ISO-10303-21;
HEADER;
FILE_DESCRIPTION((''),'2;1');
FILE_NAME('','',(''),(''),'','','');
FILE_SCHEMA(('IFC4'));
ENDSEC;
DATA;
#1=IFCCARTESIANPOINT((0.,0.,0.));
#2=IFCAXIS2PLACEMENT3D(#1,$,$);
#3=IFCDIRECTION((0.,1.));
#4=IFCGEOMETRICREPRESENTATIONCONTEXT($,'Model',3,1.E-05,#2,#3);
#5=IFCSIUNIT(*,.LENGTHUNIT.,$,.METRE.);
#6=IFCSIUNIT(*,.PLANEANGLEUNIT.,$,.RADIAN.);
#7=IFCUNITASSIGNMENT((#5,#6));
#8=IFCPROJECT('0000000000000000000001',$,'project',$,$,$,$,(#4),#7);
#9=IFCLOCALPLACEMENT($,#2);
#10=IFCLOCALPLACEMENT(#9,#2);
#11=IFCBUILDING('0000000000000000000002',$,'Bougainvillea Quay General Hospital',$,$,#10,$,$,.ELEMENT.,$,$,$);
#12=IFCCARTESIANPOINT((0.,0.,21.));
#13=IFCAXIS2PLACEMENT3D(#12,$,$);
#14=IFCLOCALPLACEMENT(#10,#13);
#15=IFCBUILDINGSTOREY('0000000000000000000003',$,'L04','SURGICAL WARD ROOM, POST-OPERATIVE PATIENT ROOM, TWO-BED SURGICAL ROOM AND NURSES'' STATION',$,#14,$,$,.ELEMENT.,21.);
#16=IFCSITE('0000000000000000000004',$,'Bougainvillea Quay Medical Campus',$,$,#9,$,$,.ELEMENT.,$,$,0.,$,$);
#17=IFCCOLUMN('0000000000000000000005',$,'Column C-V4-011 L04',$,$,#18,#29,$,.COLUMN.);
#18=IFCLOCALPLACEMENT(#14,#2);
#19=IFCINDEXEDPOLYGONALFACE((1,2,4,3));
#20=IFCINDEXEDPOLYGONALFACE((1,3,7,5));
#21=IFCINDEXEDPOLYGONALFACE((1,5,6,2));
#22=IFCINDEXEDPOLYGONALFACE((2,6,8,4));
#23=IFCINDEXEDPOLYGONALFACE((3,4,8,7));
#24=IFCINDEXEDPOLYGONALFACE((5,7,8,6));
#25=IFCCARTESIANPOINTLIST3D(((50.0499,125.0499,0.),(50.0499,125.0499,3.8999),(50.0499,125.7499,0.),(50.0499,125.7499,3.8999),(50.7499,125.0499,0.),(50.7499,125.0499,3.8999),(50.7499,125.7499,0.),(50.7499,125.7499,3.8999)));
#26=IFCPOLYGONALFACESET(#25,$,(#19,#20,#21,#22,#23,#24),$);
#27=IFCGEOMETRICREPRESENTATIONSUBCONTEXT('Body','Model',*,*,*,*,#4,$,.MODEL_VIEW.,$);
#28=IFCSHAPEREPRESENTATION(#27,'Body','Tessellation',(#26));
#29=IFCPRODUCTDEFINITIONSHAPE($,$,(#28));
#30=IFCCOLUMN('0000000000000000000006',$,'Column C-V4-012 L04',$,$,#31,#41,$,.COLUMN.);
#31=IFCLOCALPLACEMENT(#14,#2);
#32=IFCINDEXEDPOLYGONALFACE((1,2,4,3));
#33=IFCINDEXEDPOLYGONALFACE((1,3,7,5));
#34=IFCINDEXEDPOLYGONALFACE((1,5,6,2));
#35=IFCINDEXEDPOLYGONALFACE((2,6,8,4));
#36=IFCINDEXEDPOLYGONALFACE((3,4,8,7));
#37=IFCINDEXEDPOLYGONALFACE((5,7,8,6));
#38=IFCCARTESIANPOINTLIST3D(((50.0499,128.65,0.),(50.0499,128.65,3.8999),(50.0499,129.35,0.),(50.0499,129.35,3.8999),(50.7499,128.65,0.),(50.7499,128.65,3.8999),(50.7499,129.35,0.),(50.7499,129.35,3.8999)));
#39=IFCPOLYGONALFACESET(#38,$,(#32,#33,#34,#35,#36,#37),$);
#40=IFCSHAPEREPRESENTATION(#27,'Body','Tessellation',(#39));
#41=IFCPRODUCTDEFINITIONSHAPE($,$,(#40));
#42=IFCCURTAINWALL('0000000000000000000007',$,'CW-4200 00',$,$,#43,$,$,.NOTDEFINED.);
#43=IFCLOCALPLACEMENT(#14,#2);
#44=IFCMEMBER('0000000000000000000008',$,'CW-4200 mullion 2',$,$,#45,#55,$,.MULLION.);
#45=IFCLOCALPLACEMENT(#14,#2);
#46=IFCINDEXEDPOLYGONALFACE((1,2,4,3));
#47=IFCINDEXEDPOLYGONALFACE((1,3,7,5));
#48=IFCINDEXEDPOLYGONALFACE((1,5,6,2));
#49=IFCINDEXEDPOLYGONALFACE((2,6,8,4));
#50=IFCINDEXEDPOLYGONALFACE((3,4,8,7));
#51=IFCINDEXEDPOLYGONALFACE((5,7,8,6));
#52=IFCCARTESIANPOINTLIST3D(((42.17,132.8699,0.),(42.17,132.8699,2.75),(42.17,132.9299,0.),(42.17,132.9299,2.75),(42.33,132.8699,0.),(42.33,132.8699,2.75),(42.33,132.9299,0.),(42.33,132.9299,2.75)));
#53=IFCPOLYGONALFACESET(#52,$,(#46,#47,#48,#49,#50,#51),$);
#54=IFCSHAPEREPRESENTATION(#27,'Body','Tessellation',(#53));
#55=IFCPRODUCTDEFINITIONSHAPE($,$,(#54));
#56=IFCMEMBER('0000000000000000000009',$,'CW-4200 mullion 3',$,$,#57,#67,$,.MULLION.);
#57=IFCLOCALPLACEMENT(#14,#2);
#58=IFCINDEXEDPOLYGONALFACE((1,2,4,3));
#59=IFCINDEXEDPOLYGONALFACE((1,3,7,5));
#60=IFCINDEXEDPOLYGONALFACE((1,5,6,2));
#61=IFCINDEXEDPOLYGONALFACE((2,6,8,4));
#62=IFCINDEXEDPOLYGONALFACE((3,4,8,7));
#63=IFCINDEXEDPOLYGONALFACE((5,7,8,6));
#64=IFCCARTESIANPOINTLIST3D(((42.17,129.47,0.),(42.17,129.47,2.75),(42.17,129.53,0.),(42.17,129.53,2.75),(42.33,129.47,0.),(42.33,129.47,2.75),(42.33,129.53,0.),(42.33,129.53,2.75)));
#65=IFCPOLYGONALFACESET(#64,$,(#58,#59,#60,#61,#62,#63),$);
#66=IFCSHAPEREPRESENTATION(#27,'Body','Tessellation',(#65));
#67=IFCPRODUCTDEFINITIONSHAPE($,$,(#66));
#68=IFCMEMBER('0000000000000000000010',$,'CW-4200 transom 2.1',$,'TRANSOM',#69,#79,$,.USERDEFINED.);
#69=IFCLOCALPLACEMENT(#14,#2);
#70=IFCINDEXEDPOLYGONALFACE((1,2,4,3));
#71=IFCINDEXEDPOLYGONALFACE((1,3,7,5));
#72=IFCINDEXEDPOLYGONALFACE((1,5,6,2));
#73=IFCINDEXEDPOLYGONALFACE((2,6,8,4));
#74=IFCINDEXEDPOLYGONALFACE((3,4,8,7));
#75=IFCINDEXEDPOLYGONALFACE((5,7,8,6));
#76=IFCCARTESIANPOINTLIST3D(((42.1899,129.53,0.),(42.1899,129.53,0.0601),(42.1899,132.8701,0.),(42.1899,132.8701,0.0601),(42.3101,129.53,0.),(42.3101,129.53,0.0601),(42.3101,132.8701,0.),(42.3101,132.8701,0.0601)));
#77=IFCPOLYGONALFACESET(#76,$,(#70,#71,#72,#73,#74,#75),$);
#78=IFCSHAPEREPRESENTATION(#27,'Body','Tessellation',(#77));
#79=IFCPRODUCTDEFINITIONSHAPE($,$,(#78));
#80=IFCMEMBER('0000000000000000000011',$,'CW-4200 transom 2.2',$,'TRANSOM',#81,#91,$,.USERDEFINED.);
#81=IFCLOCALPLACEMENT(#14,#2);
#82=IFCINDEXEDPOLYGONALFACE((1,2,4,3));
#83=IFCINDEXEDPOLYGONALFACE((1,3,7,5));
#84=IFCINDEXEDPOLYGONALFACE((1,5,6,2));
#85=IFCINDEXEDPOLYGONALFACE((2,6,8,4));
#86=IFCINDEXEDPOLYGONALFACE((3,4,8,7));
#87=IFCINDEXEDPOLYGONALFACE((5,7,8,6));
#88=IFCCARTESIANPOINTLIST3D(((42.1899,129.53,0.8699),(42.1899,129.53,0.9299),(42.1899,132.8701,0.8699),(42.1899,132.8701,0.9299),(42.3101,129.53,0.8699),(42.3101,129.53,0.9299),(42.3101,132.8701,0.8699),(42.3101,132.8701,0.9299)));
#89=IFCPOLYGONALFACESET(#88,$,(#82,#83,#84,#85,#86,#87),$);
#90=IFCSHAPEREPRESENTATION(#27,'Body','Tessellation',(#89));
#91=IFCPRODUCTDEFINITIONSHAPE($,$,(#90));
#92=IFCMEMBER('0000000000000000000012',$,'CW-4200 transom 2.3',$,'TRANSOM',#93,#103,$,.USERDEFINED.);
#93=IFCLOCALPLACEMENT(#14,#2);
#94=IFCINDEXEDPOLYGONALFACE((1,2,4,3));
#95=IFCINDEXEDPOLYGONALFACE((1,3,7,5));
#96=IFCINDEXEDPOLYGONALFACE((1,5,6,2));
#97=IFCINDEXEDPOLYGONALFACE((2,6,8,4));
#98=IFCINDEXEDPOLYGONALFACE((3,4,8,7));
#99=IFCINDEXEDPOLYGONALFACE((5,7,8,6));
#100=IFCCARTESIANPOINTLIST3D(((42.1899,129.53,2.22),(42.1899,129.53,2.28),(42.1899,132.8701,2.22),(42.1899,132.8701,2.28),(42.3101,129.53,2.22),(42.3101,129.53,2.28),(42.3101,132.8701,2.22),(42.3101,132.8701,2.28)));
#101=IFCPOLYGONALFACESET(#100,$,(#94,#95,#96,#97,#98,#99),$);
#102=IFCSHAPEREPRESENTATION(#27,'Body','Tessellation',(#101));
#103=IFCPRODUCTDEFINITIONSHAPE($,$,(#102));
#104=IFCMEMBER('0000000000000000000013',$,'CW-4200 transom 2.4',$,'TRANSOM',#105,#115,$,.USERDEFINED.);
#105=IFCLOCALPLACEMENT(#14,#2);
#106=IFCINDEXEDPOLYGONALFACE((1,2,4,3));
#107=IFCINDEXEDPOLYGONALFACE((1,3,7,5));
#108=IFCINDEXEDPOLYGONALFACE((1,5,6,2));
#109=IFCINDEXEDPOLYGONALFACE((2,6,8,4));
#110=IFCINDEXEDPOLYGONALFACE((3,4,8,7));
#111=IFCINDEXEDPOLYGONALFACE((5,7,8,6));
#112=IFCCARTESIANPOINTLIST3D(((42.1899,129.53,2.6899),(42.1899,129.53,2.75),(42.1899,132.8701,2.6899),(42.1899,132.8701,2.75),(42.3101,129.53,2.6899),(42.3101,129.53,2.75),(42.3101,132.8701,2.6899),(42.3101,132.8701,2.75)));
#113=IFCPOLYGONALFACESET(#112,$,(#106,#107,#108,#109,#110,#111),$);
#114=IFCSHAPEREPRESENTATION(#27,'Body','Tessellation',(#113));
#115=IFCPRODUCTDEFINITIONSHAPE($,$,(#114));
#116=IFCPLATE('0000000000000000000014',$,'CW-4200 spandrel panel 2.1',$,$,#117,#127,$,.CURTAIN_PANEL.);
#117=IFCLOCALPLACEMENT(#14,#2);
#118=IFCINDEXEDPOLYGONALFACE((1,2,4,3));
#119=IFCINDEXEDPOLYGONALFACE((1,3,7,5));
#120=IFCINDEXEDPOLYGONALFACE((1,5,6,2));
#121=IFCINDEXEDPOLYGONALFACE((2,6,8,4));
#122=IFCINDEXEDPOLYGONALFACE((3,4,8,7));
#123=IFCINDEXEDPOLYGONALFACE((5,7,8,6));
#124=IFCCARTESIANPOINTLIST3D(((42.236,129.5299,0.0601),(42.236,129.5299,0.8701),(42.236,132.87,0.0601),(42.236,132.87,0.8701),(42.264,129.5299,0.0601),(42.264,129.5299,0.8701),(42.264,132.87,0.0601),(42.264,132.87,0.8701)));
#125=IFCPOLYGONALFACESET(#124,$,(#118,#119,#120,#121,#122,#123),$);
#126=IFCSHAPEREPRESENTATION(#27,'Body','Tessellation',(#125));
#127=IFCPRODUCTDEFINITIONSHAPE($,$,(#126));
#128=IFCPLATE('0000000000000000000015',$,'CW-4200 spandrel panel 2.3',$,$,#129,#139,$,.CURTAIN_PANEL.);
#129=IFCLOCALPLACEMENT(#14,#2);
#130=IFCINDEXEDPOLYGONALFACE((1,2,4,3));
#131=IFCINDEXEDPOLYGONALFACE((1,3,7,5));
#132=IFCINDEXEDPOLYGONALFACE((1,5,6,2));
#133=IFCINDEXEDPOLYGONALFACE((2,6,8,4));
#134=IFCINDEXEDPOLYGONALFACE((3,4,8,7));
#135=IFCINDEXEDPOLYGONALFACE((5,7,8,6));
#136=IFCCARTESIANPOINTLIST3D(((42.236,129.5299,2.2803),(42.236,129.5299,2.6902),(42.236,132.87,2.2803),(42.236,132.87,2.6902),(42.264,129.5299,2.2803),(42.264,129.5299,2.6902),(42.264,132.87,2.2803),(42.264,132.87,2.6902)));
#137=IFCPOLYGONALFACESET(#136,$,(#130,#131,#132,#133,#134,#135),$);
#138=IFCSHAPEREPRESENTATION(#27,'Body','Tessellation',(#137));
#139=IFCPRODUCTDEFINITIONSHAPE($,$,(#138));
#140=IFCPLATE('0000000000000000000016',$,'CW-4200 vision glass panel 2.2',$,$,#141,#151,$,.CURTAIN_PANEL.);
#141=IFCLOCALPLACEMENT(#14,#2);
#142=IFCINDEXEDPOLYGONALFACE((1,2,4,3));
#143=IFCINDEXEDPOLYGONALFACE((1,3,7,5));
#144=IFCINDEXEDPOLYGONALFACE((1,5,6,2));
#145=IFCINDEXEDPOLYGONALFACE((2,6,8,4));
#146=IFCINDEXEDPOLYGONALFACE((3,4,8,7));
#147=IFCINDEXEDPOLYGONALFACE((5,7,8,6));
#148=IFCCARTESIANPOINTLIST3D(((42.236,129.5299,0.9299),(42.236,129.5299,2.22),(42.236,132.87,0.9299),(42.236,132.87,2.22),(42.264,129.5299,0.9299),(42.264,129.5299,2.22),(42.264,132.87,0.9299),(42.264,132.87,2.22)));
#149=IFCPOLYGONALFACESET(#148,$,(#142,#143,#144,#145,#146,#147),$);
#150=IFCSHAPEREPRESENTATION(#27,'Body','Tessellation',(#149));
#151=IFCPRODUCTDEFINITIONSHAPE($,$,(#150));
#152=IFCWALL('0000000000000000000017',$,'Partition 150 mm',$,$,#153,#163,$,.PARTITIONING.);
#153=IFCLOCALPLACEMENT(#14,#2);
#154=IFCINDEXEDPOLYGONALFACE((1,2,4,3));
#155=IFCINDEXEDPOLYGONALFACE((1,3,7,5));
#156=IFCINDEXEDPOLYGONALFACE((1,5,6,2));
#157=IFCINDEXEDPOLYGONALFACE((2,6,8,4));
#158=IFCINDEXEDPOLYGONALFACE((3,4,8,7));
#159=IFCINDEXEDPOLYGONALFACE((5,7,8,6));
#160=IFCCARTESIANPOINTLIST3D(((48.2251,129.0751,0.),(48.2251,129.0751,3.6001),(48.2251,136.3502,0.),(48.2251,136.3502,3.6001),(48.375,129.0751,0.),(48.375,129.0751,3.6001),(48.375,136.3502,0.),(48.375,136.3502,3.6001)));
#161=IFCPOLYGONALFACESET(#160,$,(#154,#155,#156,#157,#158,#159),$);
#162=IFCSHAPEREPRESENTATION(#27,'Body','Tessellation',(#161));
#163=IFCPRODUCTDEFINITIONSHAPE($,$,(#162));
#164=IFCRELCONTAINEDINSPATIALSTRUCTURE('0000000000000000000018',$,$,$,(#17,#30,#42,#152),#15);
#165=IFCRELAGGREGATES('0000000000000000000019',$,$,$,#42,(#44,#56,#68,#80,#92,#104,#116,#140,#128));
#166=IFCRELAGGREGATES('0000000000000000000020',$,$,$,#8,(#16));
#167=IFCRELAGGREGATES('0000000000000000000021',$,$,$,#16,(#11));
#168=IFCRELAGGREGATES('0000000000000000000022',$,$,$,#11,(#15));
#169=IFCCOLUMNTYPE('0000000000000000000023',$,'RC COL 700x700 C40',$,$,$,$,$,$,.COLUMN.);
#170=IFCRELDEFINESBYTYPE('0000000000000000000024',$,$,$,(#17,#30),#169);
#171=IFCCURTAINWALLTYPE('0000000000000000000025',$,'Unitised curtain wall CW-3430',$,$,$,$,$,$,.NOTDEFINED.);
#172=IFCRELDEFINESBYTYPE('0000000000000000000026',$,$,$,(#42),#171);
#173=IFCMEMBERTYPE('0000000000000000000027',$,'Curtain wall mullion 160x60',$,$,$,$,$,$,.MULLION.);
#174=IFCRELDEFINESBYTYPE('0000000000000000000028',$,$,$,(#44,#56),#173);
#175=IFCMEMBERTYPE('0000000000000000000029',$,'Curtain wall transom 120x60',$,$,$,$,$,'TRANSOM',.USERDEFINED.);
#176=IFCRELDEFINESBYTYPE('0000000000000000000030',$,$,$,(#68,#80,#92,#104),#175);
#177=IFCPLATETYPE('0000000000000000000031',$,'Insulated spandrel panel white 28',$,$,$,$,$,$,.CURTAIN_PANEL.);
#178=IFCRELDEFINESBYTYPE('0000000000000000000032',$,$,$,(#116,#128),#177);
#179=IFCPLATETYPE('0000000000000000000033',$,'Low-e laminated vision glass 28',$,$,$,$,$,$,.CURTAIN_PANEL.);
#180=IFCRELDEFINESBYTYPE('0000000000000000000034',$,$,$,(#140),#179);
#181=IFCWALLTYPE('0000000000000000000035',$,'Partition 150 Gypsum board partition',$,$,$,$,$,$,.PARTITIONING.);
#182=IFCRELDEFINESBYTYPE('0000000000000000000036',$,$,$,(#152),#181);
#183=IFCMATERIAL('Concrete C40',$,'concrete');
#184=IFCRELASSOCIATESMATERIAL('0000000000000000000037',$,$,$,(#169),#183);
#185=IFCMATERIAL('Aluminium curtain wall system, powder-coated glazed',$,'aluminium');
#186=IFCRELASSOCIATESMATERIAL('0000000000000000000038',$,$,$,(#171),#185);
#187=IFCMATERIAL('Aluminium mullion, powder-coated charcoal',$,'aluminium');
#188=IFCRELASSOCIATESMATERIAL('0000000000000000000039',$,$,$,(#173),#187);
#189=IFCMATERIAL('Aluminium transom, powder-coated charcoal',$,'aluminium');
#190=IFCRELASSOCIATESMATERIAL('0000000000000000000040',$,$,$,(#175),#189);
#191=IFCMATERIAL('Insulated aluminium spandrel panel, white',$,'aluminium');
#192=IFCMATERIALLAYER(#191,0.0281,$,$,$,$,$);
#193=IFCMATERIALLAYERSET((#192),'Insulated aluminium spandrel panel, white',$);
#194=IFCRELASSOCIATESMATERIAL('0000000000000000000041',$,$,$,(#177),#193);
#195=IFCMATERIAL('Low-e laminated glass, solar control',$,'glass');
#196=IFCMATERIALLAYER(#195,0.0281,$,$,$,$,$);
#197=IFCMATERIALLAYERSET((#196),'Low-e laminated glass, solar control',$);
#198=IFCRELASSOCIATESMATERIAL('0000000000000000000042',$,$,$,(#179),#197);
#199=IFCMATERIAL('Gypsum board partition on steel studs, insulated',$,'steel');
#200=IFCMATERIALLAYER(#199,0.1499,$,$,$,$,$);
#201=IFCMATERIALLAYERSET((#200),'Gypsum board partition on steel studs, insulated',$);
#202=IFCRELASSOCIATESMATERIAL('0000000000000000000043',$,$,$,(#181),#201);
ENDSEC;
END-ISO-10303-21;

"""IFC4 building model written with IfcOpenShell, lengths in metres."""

from ifc_helpers import new_model, si_unit, direction, frame, frame_2d, origin, origin_2d, place, context, subcontext, project, spatial, rectangle, extrude, material, layer, layer_set, material_profile, profile_set, type_object, element, aggregate, save


model = new_model("IFC4")

# Units and contexts
model_context = context("Model", 3, precision=1e-05, world=origin(), true_north=direction((0.0, 1.0)))
body_context = subcontext(model_context, "Body", "Model", "MODEL_VIEW")
ifc_project = project(units=[si_unit("LENGTHUNIT", "METRE"), si_unit("PLANEANGLEUNIT", "RADIAN")], contexts=[model_context])

# Site, building, storey
site_placement = place(None, origin())
site = spatial("IfcSite", under=ifc_project, at=site_placement, Name="Bougainvillea Quay Medical Campus", CompositionType="ELEMENT", RefElevation=0.0)
building_placement = place(site_placement, origin())
building = spatial("IfcBuilding", under=site, at=building_placement, Name="Bougainvillea Quay General Hospital", CompositionType="ELEMENT")
storey_placement = place(building_placement, frame((0.0, 0.0, 21.0)))
storey = spatial("IfcBuildingStorey", under=building, at=storey_placement, Name="L04", Description="SURGICAL WARD ROOM, POST-OPERATIVE PATIENT ROOM, TWO-BED SURGICAL ROOM AND NURSES' STATION", CompositionType="ELEMENT", Elevation=21.0)

# Columns
ifc_material_1 = material(Name="Concrete C40", Category="concrete")
ifc_material_profile_1 = material_profile(ifc_material_1, rectangle(XDim=0.7, YDim=0.7, at=origin_2d()))
ifc_profile_set_1 = profile_set([ifc_material_profile_1], Name="Concrete C40")
column_type = type_object("IfcColumnType", Name="RC COL 700x700 C40", PredefinedType="COLUMN", material=ifc_profile_set_1)
for number, where, z_axis, x_axis, name in (
    (1, (50.3999, 125.3999, 0.0), (0.0, 0.0, 1.0), (1.0, 0.0, 0.0), "Column C-V4-011 L04"),
    (2, (50.3999, 129.0, 0.0), (0.0, 0.0, 1.0), (1.0, 0.0, 0.0), "Column C-V4-012 L04"),
):
    element("IfcColumn", number, at=place(storey_placement, frame(where, z_axis=z_axis, x_axis=x_axis)), inside=storey, type_object=column_type, Name=name, PredefinedType="COLUMN", context=body_context, shape_type="SweptSolid", body=[
        extrude(rectangle(XDim=0.7, YDim=0.7, at=origin_2d()), origin(), (0.0, 0.0, 1.0), 3.8999),
    ])

# Curtain wall, members, plates
ifc_material_2 = material(Name="Aluminium curtain wall system, powder-coated glazed", Category="aluminium")
curtain_wall_type = type_object("IfcCurtainWallType", Name="Unitised curtain wall CW-3430", PredefinedType="NOTDEFINED", material=ifc_material_2)
curtain_wall_placement = place(storey_placement, origin())
curtain_wall = element("IfcCurtainWall", 3, at=curtain_wall_placement, inside=storey, type_object=curtain_wall_type, Name="CW-4200 00", PredefinedType="NOTDEFINED")
ifc_material_3 = material(Name="Aluminium mullion, powder-coated charcoal", Category="aluminium")
ifc_material_profile_2 = material_profile(ifc_material_3, rectangle(XDim=0.1599, YDim=0.0601, at=origin_2d()))
ifc_profile_set_2 = profile_set([ifc_material_profile_2], Name="Aluminium mullion, powder-coated charcoal")
member_type_1 = type_object("IfcMemberType", Name="Curtain wall mullion 160x60", PredefinedType="MULLION", material=ifc_profile_set_2)
member_1_placement = place(storey_placement, frame((42.25, 132.8999, 0.0), z_axis=(0.0, 0.0, 1.0), x_axis=(1.0, 0.0, 0.0)))
member_1 = element("IfcMember", 4, at=member_1_placement, type_object=member_type_1, Name="CW-4200 mullion 2", PredefinedType="MULLION", context=body_context, shape_type="SweptSolid", body=[
    extrude(rectangle(XDim=0.1599, YDim=0.0601, at=origin_2d()), origin(), (0.0, 0.0, 1.0), 2.75),
])
member_2_placement = place(storey_placement, frame((42.25, 129.5, 0.0), z_axis=(0.0, 0.0, 1.0), x_axis=(1.0, 0.0, 0.0)))
member_2 = element("IfcMember", 5, at=member_2_placement, type_object=member_type_1, Name="CW-4200 mullion 3", PredefinedType="MULLION", context=body_context, shape_type="SweptSolid", body=[
    extrude(rectangle(XDim=0.1599, YDim=0.0601, at=origin_2d()), origin(), (0.0, 0.0, 1.0), 2.75),
])
ifc_material_4 = material(Name="Aluminium transom, powder-coated charcoal", Category="aluminium")
ifc_material_profile_3 = material_profile(ifc_material_4, rectangle(XDim=0.1201, YDim=0.0601, at=origin_2d()))
ifc_profile_set_3 = profile_set([ifc_material_profile_3], Name="Aluminium transom, powder-coated charcoal")
member_type_2 = type_object("IfcMemberType", Name="Curtain wall transom 120x60", ElementType="TRANSOM", PredefinedType="USERDEFINED", material=ifc_profile_set_3)
member_3_placement = place(storey_placement, frame((42.25, 132.8701, 0.03), z_axis=(0.0, -1.0, 0.0), x_axis=(1.0, 0.0, 0.0)))
member_3 = element("IfcMember", 6, at=member_3_placement, type_object=member_type_2, Name="CW-4200 transom 2.1", ObjectType="TRANSOM", PredefinedType="USERDEFINED", context=body_context, shape_type="SweptSolid", body=[
    extrude(rectangle(XDim=0.1201, YDim=0.0601, at=origin_2d()), origin(), (0.0, 0.0, 1.0), 3.3401),
])
member_4_placement = place(storey_placement, frame((42.25, 132.8701, 0.8999), z_axis=(0.0, -1.0, 0.0), x_axis=(1.0, 0.0, 0.0)))
member_4 = element("IfcMember", 7, at=member_4_placement, type_object=member_type_2, Name="CW-4200 transom 2.2", ObjectType="TRANSOM", PredefinedType="USERDEFINED", context=body_context, shape_type="SweptSolid", body=[
    extrude(rectangle(XDim=0.1201, YDim=0.0601, at=origin_2d()), origin(), (0.0, 0.0, 1.0), 3.3401),
])
member_5_placement = place(storey_placement, frame((42.25, 132.8701, 2.25), z_axis=(0.0, -1.0, 0.0), x_axis=(1.0, 0.0, 0.0)))
member_5 = element("IfcMember", 8, at=member_5_placement, type_object=member_type_2, Name="CW-4200 transom 2.3", ObjectType="TRANSOM", PredefinedType="USERDEFINED", context=body_context, shape_type="SweptSolid", body=[
    extrude(rectangle(XDim=0.1201, YDim=0.0601, at=origin_2d()), origin(), (0.0, 0.0, 1.0), 3.3401),
])
member_6_placement = place(storey_placement, frame((42.25, 132.8701, 2.72), z_axis=(0.0, -1.0, 0.0), x_axis=(1.0, 0.0, 0.0)))
member_6 = element("IfcMember", 9, at=member_6_placement, type_object=member_type_2, Name="CW-4200 transom 2.4", ObjectType="TRANSOM", PredefinedType="USERDEFINED", context=body_context, shape_type="SweptSolid", body=[
    extrude(rectangle(XDim=0.1201, YDim=0.0601, at=origin_2d()), origin(), (0.0, 0.0, 1.0), 3.3401),
])
ifc_material_5 = material(Name="Insulated aluminium spandrel panel, white", Category="aluminium")
ifc_layer_1 = layer(ifc_material_5, 0.0281)
ifc_layer_set_1 = layer_set([ifc_layer_1], Name="Insulated aluminium spandrel panel, white")
plate_type_1 = type_object("IfcPlateType", Name="Insulated spandrel panel white 28", PredefinedType="CURTAIN_PANEL", material=ifc_layer_set_1)
plate_1_placement = place(storey_placement, frame((42.25, 131.2, 0.0601), z_axis=(0.0, 0.0, 1.0), x_axis=(0.0, -1.0, 0.0)))
plate_1 = element("IfcPlate", 10, at=plate_1_placement, type_object=plate_type_1, Name="CW-4200 spandrel panel 2.1", PredefinedType="CURTAIN_PANEL", context=body_context, shape_type="SweptSolid", body=[
    extrude(rectangle(XDim=3.3401, YDim=0.0281, at=origin_2d()), origin(), (0.0, 0.0, 1.0), 0.8101),
])
plate_2_placement = place(storey_placement, frame((42.25, 131.2, 2.2803), z_axis=(0.0, 0.0, 1.0), x_axis=(0.0, -1.0, 0.0)))
plate_2 = element("IfcPlate", 11, at=plate_2_placement, type_object=plate_type_1, Name="CW-4200 spandrel panel 2.3", PredefinedType="CURTAIN_PANEL", context=body_context, shape_type="SweptSolid", body=[
    extrude(rectangle(XDim=3.3401, YDim=0.0281, at=origin_2d()), origin(), (0.0, 0.0, 1.0), 0.4099),
])
ifc_material_6 = material(Name="Low-e laminated glass, solar control", Category="glass")
ifc_layer_2 = layer(ifc_material_6, 0.0281)
ifc_layer_set_2 = layer_set([ifc_layer_2], Name="Low-e laminated glass, solar control")
plate_type_2 = type_object("IfcPlateType", Name="Low-e laminated vision glass 28", PredefinedType="CURTAIN_PANEL", material=ifc_layer_set_2)
plate_3_placement = place(storey_placement, frame((42.25, 131.2, 0.9299), z_axis=(0.0, 0.0, 1.0), x_axis=(0.0, -1.0, 0.0)))
plate_3 = element("IfcPlate", 12, at=plate_3_placement, type_object=plate_type_2, Name="CW-4200 vision glass panel 2.2", PredefinedType="CURTAIN_PANEL", context=body_context, shape_type="SweptSolid", body=[
    extrude(rectangle(XDim=3.3401, YDim=0.0281, at=origin_2d()), origin(), (0.0, 0.0, 1.0), 1.29),
])
aggregate(curtain_wall, [member_1, member_2, member_3, member_4, member_5, member_6, plate_1, plate_3, plate_2])

# Wall
ifc_material_7 = material(Name="Gypsum board partition on steel studs, insulated", Category="steel")
ifc_layer_3 = layer(ifc_material_7, 0.1499)
ifc_layer_set_3 = layer_set([ifc_layer_3], Name="Gypsum board partition on steel studs, insulated")
wall_type_1 = type_object("IfcWallType", Name="Partition 150 Gypsum board partition", PredefinedType="PARTITIONING", material=ifc_layer_set_3)
wall_1_placement = place(storey_placement, frame((48.3, 129.075, 0.0), z_axis=(0.0, 0.0, 1.0), x_axis=(0.0, 1.0, 0.0)))
element("IfcWall", 13, at=wall_1_placement, inside=storey, type_object=wall_type_1, Name="Partition 150 mm", PredefinedType="PARTITIONING", context=body_context, shape_type="SweptSolid", body=[
    extrude(rectangle(XDim=7.2751, YDim=0.1499, at=frame_2d((3.6377, 0.0))), origin(), (0.0, 0.0, 1.0), 3.6001),
])

save(model, "model.ifc")
